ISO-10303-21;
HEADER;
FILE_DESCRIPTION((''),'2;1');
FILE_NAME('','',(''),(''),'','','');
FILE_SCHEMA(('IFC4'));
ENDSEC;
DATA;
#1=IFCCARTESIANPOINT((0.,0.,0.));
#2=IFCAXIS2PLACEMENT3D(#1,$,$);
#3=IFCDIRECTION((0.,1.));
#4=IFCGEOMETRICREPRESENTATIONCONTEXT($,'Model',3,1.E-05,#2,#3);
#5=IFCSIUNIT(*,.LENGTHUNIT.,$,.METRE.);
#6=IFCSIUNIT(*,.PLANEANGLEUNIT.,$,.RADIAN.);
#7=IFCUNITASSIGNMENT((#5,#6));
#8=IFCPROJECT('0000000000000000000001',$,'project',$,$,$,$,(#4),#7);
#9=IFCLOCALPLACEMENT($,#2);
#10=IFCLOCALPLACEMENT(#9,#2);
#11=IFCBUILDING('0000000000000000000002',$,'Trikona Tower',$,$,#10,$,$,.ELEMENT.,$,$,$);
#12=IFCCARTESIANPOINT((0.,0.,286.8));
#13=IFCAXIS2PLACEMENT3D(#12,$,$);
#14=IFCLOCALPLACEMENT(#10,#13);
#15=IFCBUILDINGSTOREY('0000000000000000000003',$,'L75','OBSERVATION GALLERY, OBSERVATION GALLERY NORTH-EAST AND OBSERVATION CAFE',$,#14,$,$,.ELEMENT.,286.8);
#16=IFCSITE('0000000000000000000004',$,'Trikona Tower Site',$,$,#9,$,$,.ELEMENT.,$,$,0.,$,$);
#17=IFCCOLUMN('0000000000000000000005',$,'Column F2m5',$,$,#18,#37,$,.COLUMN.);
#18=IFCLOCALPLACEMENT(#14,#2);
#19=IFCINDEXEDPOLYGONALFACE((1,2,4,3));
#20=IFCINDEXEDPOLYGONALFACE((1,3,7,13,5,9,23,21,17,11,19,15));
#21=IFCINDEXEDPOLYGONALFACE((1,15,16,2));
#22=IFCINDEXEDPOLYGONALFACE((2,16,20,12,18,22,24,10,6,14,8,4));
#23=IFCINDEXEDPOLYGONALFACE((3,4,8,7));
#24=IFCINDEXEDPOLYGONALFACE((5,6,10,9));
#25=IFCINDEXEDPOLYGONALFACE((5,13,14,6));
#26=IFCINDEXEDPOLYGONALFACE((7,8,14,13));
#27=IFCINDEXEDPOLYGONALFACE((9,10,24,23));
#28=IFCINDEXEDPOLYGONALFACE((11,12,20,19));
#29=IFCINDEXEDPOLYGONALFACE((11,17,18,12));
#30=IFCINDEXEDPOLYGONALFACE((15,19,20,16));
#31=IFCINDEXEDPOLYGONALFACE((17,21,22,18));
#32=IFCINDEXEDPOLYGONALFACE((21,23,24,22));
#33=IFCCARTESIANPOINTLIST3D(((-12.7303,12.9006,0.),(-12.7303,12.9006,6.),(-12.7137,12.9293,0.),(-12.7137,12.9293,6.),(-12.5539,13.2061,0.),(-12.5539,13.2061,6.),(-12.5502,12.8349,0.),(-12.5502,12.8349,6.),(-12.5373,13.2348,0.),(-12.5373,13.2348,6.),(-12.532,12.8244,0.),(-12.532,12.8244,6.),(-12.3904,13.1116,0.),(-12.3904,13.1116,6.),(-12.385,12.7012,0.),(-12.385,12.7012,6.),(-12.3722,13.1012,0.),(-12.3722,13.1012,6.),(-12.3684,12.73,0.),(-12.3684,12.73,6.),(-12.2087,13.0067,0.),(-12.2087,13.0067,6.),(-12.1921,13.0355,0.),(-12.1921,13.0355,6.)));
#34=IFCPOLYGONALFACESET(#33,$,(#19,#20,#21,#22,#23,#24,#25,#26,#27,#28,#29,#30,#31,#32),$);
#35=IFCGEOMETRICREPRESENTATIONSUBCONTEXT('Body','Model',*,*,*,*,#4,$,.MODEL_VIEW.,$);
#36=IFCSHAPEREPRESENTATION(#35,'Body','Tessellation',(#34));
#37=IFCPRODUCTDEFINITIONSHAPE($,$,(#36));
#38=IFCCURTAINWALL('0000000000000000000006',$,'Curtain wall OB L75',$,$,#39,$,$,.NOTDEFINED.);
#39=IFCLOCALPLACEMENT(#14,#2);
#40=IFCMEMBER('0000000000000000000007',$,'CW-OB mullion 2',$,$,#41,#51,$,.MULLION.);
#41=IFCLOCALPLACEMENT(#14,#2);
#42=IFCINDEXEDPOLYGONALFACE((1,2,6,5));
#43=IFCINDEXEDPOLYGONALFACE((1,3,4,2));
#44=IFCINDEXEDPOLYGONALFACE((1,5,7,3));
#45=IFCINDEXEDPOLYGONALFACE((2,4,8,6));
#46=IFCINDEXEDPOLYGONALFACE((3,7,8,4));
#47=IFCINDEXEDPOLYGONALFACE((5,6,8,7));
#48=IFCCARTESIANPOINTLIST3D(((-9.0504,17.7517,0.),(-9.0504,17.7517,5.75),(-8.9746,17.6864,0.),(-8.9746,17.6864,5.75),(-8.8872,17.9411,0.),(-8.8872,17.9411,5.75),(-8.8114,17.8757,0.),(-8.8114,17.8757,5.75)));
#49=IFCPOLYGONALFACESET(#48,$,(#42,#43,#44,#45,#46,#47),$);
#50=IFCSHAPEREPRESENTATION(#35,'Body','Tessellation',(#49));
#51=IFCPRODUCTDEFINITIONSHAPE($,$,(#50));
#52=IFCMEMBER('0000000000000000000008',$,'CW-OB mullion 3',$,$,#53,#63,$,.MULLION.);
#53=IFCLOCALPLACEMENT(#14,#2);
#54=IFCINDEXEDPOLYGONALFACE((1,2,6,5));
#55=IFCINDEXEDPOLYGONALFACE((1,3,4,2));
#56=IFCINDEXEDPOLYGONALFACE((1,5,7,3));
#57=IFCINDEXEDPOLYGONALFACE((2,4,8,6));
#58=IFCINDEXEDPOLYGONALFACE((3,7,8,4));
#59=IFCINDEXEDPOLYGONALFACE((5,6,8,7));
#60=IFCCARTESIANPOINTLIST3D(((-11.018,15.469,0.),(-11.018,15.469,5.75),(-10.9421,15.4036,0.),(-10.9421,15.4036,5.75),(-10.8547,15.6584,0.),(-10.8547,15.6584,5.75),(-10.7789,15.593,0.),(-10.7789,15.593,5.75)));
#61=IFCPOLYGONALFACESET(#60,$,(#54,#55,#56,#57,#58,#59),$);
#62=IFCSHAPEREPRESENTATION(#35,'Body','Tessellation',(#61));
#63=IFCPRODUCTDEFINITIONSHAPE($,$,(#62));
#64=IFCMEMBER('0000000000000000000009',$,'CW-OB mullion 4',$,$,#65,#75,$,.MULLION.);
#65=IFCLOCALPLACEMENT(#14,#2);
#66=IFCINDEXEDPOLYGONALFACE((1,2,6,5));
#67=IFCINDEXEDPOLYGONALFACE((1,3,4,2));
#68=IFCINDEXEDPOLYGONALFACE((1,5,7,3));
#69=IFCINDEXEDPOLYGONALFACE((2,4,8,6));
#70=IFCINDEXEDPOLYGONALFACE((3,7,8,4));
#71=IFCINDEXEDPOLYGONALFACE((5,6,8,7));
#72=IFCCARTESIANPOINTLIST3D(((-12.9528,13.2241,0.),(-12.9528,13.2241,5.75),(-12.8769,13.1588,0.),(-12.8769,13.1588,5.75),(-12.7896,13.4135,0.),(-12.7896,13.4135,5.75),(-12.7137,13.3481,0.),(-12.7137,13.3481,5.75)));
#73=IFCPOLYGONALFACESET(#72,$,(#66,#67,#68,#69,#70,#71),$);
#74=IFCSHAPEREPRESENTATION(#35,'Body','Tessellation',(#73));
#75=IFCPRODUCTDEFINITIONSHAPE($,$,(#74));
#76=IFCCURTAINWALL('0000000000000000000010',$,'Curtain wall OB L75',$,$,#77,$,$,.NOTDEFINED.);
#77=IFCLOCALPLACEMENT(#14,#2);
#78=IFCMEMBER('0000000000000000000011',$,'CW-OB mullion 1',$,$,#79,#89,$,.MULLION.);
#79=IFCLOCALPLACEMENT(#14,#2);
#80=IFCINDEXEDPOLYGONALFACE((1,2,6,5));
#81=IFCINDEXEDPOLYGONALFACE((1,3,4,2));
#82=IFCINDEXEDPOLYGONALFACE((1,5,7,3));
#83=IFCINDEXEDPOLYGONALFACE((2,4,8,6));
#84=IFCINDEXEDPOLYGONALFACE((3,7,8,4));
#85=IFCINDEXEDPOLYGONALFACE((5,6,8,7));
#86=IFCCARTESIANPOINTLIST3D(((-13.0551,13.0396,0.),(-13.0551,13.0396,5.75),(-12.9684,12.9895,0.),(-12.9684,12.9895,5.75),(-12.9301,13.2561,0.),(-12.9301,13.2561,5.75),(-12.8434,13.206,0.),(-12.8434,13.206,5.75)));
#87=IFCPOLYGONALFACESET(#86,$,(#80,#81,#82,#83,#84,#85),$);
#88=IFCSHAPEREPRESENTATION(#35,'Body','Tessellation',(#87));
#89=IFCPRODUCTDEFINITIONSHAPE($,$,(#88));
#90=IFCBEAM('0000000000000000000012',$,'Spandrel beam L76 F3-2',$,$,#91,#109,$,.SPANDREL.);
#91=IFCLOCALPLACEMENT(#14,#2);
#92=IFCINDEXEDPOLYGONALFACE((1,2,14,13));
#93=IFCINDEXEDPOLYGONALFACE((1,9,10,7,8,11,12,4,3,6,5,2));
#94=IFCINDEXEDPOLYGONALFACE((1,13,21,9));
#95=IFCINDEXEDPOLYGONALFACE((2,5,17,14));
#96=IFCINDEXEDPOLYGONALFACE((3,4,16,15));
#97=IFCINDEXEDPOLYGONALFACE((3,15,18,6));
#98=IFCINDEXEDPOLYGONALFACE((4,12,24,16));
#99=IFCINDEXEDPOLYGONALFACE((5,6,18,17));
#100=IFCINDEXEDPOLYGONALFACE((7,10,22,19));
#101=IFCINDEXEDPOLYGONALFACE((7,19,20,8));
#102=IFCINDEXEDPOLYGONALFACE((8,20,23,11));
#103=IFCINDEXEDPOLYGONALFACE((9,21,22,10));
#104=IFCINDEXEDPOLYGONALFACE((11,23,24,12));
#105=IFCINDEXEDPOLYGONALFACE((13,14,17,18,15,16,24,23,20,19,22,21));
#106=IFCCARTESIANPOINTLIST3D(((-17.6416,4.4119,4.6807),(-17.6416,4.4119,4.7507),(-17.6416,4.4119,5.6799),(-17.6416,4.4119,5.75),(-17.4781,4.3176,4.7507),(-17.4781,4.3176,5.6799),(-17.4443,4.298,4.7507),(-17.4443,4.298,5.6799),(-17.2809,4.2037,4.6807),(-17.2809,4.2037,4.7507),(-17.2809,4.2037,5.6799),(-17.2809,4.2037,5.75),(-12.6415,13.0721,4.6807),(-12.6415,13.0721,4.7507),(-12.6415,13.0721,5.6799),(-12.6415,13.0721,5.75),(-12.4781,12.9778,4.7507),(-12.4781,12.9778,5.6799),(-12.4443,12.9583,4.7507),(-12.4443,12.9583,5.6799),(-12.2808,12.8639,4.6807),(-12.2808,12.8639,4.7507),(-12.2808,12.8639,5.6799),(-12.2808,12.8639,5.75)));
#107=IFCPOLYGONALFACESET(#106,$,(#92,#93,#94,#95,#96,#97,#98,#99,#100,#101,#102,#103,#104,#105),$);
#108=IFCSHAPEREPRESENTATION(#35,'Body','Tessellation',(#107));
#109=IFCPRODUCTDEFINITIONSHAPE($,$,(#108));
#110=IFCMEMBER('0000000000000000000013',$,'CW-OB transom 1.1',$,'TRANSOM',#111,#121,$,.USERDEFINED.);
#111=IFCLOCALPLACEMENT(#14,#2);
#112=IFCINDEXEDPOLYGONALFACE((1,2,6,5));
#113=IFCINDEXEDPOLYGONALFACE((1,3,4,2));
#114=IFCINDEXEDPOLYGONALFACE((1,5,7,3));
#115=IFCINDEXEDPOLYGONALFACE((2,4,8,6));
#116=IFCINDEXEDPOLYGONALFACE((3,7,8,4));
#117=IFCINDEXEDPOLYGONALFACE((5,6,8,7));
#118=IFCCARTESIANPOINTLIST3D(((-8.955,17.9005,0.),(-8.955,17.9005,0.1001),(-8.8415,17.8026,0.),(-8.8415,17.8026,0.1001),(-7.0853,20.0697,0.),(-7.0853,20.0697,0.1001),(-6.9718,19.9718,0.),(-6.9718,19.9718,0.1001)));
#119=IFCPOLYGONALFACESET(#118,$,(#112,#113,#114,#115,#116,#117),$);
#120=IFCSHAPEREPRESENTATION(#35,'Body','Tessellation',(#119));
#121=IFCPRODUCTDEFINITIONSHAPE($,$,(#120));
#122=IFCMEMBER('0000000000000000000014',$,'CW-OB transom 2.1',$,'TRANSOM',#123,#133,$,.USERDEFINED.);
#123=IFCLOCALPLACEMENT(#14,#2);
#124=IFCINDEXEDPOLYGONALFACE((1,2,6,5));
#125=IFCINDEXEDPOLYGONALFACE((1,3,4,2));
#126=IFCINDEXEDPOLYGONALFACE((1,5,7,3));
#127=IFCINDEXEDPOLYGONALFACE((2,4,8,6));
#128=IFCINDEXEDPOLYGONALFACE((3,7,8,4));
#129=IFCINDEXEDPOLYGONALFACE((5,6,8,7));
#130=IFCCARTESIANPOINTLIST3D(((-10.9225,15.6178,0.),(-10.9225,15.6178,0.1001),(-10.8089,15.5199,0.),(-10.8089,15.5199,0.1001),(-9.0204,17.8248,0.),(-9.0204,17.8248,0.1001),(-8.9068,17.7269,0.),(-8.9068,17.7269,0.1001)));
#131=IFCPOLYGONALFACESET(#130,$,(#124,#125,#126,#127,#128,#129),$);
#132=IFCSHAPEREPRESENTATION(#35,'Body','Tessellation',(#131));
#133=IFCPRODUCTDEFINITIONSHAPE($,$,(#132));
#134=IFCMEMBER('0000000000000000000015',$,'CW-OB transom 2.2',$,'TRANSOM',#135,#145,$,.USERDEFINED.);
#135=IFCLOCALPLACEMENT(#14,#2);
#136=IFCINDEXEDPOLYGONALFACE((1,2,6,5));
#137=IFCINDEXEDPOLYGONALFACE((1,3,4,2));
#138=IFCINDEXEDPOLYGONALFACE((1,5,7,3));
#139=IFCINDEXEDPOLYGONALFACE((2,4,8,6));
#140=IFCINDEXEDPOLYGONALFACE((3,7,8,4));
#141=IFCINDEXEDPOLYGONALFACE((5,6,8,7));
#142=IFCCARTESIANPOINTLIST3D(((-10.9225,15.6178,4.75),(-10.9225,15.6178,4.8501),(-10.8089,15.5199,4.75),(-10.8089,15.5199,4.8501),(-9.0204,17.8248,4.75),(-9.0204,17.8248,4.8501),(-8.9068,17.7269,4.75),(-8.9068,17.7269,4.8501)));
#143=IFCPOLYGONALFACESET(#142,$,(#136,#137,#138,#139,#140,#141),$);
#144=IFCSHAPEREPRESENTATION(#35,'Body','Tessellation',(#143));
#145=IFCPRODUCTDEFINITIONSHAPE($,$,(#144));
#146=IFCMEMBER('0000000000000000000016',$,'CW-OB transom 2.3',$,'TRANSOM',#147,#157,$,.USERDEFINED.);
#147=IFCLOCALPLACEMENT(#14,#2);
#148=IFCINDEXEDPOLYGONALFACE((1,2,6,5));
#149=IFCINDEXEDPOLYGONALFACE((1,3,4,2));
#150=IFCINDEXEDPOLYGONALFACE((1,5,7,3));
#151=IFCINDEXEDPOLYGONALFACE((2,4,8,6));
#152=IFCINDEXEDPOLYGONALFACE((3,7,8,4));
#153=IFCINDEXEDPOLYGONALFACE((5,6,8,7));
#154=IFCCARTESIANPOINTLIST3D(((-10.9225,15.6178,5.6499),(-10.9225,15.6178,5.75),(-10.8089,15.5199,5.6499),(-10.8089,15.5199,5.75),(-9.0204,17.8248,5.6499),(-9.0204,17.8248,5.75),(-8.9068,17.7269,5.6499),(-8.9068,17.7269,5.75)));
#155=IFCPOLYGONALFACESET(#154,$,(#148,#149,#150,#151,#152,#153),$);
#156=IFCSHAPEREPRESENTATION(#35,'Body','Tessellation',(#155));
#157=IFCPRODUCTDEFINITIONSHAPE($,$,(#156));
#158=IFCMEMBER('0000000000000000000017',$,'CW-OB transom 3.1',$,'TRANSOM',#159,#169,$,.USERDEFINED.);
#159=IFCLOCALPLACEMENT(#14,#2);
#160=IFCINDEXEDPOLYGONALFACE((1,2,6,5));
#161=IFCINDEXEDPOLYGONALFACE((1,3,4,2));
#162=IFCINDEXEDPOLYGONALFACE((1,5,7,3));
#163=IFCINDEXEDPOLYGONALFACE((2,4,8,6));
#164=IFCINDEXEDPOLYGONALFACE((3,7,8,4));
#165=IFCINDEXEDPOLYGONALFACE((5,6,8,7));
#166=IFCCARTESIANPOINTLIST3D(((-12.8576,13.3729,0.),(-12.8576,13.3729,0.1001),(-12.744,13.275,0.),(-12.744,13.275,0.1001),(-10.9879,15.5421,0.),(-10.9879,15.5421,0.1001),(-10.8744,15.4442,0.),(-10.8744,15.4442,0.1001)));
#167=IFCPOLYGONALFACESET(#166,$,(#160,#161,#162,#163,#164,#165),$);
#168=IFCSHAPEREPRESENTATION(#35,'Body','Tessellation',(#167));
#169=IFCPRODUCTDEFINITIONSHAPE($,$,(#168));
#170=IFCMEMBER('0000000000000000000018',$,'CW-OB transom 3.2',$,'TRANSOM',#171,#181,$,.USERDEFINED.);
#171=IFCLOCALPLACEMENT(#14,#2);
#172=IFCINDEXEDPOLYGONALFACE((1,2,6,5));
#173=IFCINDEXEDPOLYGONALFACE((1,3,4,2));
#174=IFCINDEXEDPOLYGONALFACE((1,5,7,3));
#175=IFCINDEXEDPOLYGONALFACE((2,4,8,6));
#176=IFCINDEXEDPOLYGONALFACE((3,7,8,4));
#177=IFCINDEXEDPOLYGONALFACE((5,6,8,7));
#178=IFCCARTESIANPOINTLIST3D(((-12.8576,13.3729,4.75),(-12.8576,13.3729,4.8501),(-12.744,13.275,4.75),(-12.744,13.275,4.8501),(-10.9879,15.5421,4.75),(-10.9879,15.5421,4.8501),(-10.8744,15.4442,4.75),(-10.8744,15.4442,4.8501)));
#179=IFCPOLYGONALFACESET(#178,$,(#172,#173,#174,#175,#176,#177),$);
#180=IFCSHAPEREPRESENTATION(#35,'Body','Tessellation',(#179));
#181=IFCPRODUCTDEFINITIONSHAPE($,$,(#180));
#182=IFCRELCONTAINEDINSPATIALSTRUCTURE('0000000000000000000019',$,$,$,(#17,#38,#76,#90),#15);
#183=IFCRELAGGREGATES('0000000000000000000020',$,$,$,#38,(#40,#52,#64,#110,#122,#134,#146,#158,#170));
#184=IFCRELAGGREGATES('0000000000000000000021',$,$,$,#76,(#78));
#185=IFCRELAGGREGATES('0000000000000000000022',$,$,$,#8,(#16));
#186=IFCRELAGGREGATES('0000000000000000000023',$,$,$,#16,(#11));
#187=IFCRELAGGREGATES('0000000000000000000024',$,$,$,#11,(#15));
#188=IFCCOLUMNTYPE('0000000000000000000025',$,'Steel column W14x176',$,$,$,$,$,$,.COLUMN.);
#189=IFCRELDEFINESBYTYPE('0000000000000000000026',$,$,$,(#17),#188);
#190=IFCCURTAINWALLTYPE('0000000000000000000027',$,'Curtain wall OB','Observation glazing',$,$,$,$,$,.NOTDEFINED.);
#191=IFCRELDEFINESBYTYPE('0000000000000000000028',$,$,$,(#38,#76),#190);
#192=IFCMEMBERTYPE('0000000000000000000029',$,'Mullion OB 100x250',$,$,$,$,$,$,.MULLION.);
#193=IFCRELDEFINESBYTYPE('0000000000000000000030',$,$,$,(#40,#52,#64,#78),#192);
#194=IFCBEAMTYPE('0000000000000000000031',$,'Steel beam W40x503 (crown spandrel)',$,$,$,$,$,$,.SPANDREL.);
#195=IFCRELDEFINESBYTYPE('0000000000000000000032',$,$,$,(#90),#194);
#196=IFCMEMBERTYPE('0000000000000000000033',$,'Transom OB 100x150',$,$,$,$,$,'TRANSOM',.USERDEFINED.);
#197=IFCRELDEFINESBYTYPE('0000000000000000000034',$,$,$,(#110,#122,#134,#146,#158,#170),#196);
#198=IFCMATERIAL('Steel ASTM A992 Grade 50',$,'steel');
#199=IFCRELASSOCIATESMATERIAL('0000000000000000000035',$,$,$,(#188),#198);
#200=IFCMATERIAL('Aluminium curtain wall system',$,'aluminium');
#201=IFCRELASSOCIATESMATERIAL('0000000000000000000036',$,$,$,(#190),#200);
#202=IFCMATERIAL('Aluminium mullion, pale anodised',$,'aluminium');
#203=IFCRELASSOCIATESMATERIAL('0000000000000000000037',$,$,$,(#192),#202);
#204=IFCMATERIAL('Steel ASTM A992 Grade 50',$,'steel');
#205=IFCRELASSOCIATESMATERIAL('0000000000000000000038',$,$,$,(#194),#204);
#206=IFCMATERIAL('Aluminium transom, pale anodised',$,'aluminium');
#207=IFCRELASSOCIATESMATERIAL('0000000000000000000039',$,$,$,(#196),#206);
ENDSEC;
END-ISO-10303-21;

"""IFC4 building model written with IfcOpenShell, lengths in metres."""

from ifc_helpers import new_model, si_unit, direction, frame, origin, origin_2d, place, context, subcontext, project, spatial, rectangle, i_section, extrude, material, material_profile, profile_set, type_object, element, aggregate, save


model = new_model("IFC4")

# Units and contexts
model_context = context("Model", 3, precision=1e-05, world=origin(), true_north=direction((0.0, 1.0)))
body_context = subcontext(model_context, "Body", "Model", "MODEL_VIEW")
ifc_project = project(units=[si_unit("LENGTHUNIT", "METRE"), si_unit("PLANEANGLEUNIT", "RADIAN")], contexts=[model_context])

# Site, building, storey
site_placement = place(None, origin())
site = spatial("IfcSite", under=ifc_project, at=site_placement, Name="Trikona Tower Site", CompositionType="ELEMENT", RefElevation=0.0)
building_placement = place(site_placement, origin())
building = spatial("IfcBuilding", under=site, at=building_placement, Name="Trikona Tower", CompositionType="ELEMENT")
storey_placement = place(building_placement, frame((0.0, 0.0, 286.8)))
storey = spatial("IfcBuildingStorey", under=building, at=storey_placement, Name="L75", Description="OBSERVATION GALLERY, OBSERVATION GALLERY NORTH-EAST AND OBSERVATION CAFE", CompositionType="ELEMENT", Elevation=286.8)

# Column
ifc_material_1 = material(Name="Steel ASTM A992 Grade 50", Category="steel")
ifc_material_profile_1 = material_profile(ifc_material_1, i_section(OverallWidth=0.3987, OverallDepth=0.386, WebThickness=0.021, FlangeThickness=0.0332, at=origin_2d()), Name="W14X176")
ifc_profile_set_1 = profile_set([ifc_material_profile_1], Name="Steel ASTM A992 Grade 50")
column_type = type_object("IfcColumnType", Name="Steel column W14x176", PredefinedType="COLUMN", material=ifc_profile_set_1)
column_placement = place(storey_placement, frame((-12.4612, 12.968, 0.0), z_axis=(0.0, 0.0, 1.0), x_axis=(-0.866025, 0.5, 0.0)))
element("IfcColumn", 1, at=column_placement, inside=storey, type_object=column_type, Name="Column F2m5", PredefinedType="COLUMN", context=body_context, shape_type="SweptSolid", body=[
    extrude(i_section(OverallWidth=0.3987, OverallDepth=0.386, WebThickness=0.021, FlangeThickness=0.0332, at=origin_2d()), origin(), (0.0, 0.0, 1.0), 6.0),
])

# Curtain wall, members
ifc_material_2 = material(Name="Aluminium curtain wall system", Category="aluminium")
curtain_wall_type = type_object("IfcCurtainWallType", Name="Curtain wall OB", Description="Observation glazing", PredefinedType="NOTDEFINED", material=ifc_material_2)
curtain_wall_1_placement = place(storey_placement, origin())
curtain_wall_1 = element("IfcCurtainWall", 2, at=curtain_wall_1_placement, inside=storey, type_object=curtain_wall_type, Name="Curtain wall OB L75", PredefinedType="NOTDEFINED")
ifc_material_3 = material(Name="Aluminium mullion, pale anodised", Category="aluminium")
ifc_material_profile_2 = material_profile(ifc_material_3, rectangle(XDim=0.1001, YDim=0.25, at=origin_2d()), Name="MUL-OB")
ifc_profile_set_2 = profile_set([ifc_material_profile_2], Name="Aluminium mullion, pale anodised")
member_type_1 = type_object("IfcMemberType", Name="Mullion OB 100x250", PredefinedType="MULLION", material=ifc_profile_set_2)
member_1_placement = place(storey_placement, frame((-8.9309, 17.8137, 0.0), z_axis=(0.0, 0.0, 1.0), x_axis=(0.757475, -0.652864, 0.0)))
member_1 = element("IfcMember", 3, at=member_1_placement, type_object=member_type_1, Name="CW-OB mullion 2", PredefinedType="MULLION", context=body_context, shape_type="SweptSolid", body=[
    extrude(rectangle(XDim=0.1001, YDim=0.25, at=origin_2d()), origin(), (0.0, 0.0, 1.0), 5.75),
])
member_2_placement = place(storey_placement, frame((-10.8984, 15.531, 0.0), z_axis=(0.0, 0.0, 1.0), x_axis=(0.757475, -0.652864, 0.0)))
member_2 = element("IfcMember", 4, at=member_2_placement, type_object=member_type_1, Name="CW-OB mullion 3", PredefinedType="MULLION", context=body_context, shape_type="SweptSolid", body=[
    extrude(rectangle(XDim=0.1001, YDim=0.25, at=origin_2d()), origin(), (0.0, 0.0, 1.0), 5.75),
])
member_3_placement = place(storey_placement, frame((-12.8333, 13.2861, 0.0), z_axis=(0.0, 0.0, 1.0), x_axis=(0.757475, -0.652864, 0.0)))
member_3 = element("IfcMember", 5, at=member_3_placement, type_object=member_type_1, Name="CW-OB mullion 4", PredefinedType="MULLION", context=body_context, shape_type="SweptSolid", body=[
    extrude(rectangle(XDim=0.1001, YDim=0.25, at=origin_2d()), origin(), (0.0, 0.0, 1.0), 5.75),
])

# Curtain wall, member
curtain_wall_2_placement = place(storey_placement, origin())
curtain_wall_2 = element("IfcCurtainWall", 6, at=curtain_wall_2_placement, inside=storey, type_object=curtain_wall_type, Name="Curtain wall OB L75", PredefinedType="NOTDEFINED")
member_4_placement = place(storey_placement, frame((-12.9492, 13.1228, 0.0), z_axis=(0.0, 0.0, 1.0), x_axis=(0.866022, -0.500006, 0.0)))
member_4 = element("IfcMember", 7, at=member_4_placement, type_object=member_type_1, Name="CW-OB mullion 1", PredefinedType="MULLION", context=body_context, shape_type="SweptSolid", body=[
    extrude(rectangle(XDim=0.1001, YDim=0.25, at=origin_2d()), origin(), (0.0, 0.0, 1.0), 5.75),
])

# Beam
ifc_material_4 = material(Name="Steel ASTM A992 Grade 50", Category="steel")
ifc_material_profile_3 = material_profile(ifc_material_4, i_section(OverallWidth=0.4165, OverallDepth=1.0693, WebThickness=0.0391, FlangeThickness=0.0701, at=origin_2d()), Name="W40X503")
ifc_profile_set_3 = profile_set([ifc_material_profile_3], Name="Steel ASTM A992 Grade 50")
beam_type = type_object("IfcBeamType", Name="Steel beam W40x503 (crown spandrel)", PredefinedType="SPANDREL", material=ifc_profile_set_3)
beam_placement = place(storey_placement, frame((-12.4612, 12.968, 5.2153), z_axis=(-0.500004, -0.866023, 0.0), x_axis=(0.866023, -0.500004, 0.0)))
element("IfcBeam", 8, at=beam_placement, inside=storey, type_object=beam_type, Name="Spandrel beam L76 F3-2", PredefinedType="SPANDREL", context=body_context, shape_type="SweptSolid", body=[
    extrude(i_section(OverallWidth=0.4165, OverallDepth=1.0693, WebThickness=0.0391, FlangeThickness=0.0701, at=origin_2d()), origin(), (0.0, 0.0, 1.0), 10.0),
])

# Members
ifc_material_5 = material(Name="Aluminium transom, pale anodised", Category="aluminium")
ifc_material_profile_4 = material_profile(ifc_material_5, rectangle(XDim=0.1499, YDim=0.1001, at=origin_2d()), Name="TRN-OB")
ifc_profile_set_4 = profile_set([ifc_material_profile_4], Name="Aluminium transom, pale anodised")
member_type_2 = type_object("IfcMemberType", Name="Transom OB 100x150", ElementType="TRANSOM", PredefinedType="USERDEFINED", material=ifc_profile_set_4)
member_5_placement = place(storey_placement, frame((-7.0286, 20.0208, 0.05), z_axis=(-0.652867, -0.757472, 0.0), x_axis=(0.757472, -0.652867, 0.0)))
member_5 = element("IfcMember", 9, at=member_5_placement, type_object=member_type_2, Name="CW-OB transom 1.1", ObjectType="TRANSOM", PredefinedType="USERDEFINED", context=body_context, shape_type="SweptSolid", body=[
    extrude(rectangle(XDim=0.1499, YDim=0.1001, at=origin_2d()), origin(), (0.0, 0.0, 1.0), 2.8638),
])
member_6_placement = place(storey_placement, frame((-8.9636, 17.7759, 0.05), z_axis=(-0.652839, -0.757497, 0.0), x_axis=(0.757497, -0.652839, 0.0)))
member_6 = element("IfcMember", 10, at=member_6_placement, type_object=member_type_2, Name="CW-OB transom 2.1", ObjectType="TRANSOM", PredefinedType="USERDEFINED", context=body_context, shape_type="SweptSolid", body=[
    extrude(rectangle(XDim=0.1499, YDim=0.1001, at=origin_2d()), origin(), (0.0, 0.0, 1.0), 2.9136),
])
member_7_placement = place(storey_placement, frame((-8.9636, 17.7759, 4.8), z_axis=(-0.652839, -0.757497, 0.0), x_axis=(0.757497, -0.652839, 0.0)))
member_7 = element("IfcMember", 11, at=member_7_placement, type_object=member_type_2, Name="CW-OB transom 2.2", ObjectType="TRANSOM", PredefinedType="USERDEFINED", context=body_context, shape_type="SweptSolid", body=[
    extrude(rectangle(XDim=0.1499, YDim=0.1001, at=origin_2d()), origin(), (0.0, 0.0, 1.0), 2.9136),
])
member_8_placement = place(storey_placement, frame((-8.9636, 17.7759, 5.7), z_axis=(-0.652839, -0.757497, 0.0), x_axis=(0.757497, -0.652839, 0.0)))
member_8 = element("IfcMember", 12, at=member_8_placement, type_object=member_type_2, Name="CW-OB transom 2.3", ObjectType="TRANSOM", PredefinedType="USERDEFINED", context=body_context, shape_type="SweptSolid", body=[
    extrude(rectangle(XDim=0.1499, YDim=0.1001, at=origin_2d()), origin(), (0.0, 0.0, 1.0), 2.9136),
])
member_9_placement = place(storey_placement, frame((-10.9312, 15.4932, 0.05), z_axis=(-0.652867, -0.757472, 0.0), x_axis=(0.757472, -0.652867, 0.0)))
member_9 = element("IfcMember", 13, at=member_9_placement, type_object=member_type_2, Name="CW-OB transom 3.1", ObjectType="TRANSOM", PredefinedType="USERDEFINED", context=body_context, shape_type="SweptSolid", body=[
    extrude(rectangle(XDim=0.1499, YDim=0.1001, at=origin_2d()), origin(), (0.0, 0.0, 1.0), 2.8638),
])
member_10_placement = place(storey_placement, frame((-10.9312, 15.4932, 4.8), z_axis=(-0.652867, -0.757472, 0.0), x_axis=(0.757472, -0.652867, 0.0)))
member_10 = element("IfcMember", 14, at=member_10_placement, type_object=member_type_2, Name="CW-OB transom 3.2", ObjectType="TRANSOM", PredefinedType="USERDEFINED", context=body_context, shape_type="SweptSolid", body=[
    extrude(rectangle(XDim=0.1499, YDim=0.1001, at=origin_2d()), origin(), (0.0, 0.0, 1.0), 2.8638),
])

aggregate(curtain_wall_1, [member_1, member_2, member_3, member_5, member_6, member_7, member_8, member_9, member_10])
aggregate(curtain_wall_2, [member_4])

save(model, "model.ifc")
